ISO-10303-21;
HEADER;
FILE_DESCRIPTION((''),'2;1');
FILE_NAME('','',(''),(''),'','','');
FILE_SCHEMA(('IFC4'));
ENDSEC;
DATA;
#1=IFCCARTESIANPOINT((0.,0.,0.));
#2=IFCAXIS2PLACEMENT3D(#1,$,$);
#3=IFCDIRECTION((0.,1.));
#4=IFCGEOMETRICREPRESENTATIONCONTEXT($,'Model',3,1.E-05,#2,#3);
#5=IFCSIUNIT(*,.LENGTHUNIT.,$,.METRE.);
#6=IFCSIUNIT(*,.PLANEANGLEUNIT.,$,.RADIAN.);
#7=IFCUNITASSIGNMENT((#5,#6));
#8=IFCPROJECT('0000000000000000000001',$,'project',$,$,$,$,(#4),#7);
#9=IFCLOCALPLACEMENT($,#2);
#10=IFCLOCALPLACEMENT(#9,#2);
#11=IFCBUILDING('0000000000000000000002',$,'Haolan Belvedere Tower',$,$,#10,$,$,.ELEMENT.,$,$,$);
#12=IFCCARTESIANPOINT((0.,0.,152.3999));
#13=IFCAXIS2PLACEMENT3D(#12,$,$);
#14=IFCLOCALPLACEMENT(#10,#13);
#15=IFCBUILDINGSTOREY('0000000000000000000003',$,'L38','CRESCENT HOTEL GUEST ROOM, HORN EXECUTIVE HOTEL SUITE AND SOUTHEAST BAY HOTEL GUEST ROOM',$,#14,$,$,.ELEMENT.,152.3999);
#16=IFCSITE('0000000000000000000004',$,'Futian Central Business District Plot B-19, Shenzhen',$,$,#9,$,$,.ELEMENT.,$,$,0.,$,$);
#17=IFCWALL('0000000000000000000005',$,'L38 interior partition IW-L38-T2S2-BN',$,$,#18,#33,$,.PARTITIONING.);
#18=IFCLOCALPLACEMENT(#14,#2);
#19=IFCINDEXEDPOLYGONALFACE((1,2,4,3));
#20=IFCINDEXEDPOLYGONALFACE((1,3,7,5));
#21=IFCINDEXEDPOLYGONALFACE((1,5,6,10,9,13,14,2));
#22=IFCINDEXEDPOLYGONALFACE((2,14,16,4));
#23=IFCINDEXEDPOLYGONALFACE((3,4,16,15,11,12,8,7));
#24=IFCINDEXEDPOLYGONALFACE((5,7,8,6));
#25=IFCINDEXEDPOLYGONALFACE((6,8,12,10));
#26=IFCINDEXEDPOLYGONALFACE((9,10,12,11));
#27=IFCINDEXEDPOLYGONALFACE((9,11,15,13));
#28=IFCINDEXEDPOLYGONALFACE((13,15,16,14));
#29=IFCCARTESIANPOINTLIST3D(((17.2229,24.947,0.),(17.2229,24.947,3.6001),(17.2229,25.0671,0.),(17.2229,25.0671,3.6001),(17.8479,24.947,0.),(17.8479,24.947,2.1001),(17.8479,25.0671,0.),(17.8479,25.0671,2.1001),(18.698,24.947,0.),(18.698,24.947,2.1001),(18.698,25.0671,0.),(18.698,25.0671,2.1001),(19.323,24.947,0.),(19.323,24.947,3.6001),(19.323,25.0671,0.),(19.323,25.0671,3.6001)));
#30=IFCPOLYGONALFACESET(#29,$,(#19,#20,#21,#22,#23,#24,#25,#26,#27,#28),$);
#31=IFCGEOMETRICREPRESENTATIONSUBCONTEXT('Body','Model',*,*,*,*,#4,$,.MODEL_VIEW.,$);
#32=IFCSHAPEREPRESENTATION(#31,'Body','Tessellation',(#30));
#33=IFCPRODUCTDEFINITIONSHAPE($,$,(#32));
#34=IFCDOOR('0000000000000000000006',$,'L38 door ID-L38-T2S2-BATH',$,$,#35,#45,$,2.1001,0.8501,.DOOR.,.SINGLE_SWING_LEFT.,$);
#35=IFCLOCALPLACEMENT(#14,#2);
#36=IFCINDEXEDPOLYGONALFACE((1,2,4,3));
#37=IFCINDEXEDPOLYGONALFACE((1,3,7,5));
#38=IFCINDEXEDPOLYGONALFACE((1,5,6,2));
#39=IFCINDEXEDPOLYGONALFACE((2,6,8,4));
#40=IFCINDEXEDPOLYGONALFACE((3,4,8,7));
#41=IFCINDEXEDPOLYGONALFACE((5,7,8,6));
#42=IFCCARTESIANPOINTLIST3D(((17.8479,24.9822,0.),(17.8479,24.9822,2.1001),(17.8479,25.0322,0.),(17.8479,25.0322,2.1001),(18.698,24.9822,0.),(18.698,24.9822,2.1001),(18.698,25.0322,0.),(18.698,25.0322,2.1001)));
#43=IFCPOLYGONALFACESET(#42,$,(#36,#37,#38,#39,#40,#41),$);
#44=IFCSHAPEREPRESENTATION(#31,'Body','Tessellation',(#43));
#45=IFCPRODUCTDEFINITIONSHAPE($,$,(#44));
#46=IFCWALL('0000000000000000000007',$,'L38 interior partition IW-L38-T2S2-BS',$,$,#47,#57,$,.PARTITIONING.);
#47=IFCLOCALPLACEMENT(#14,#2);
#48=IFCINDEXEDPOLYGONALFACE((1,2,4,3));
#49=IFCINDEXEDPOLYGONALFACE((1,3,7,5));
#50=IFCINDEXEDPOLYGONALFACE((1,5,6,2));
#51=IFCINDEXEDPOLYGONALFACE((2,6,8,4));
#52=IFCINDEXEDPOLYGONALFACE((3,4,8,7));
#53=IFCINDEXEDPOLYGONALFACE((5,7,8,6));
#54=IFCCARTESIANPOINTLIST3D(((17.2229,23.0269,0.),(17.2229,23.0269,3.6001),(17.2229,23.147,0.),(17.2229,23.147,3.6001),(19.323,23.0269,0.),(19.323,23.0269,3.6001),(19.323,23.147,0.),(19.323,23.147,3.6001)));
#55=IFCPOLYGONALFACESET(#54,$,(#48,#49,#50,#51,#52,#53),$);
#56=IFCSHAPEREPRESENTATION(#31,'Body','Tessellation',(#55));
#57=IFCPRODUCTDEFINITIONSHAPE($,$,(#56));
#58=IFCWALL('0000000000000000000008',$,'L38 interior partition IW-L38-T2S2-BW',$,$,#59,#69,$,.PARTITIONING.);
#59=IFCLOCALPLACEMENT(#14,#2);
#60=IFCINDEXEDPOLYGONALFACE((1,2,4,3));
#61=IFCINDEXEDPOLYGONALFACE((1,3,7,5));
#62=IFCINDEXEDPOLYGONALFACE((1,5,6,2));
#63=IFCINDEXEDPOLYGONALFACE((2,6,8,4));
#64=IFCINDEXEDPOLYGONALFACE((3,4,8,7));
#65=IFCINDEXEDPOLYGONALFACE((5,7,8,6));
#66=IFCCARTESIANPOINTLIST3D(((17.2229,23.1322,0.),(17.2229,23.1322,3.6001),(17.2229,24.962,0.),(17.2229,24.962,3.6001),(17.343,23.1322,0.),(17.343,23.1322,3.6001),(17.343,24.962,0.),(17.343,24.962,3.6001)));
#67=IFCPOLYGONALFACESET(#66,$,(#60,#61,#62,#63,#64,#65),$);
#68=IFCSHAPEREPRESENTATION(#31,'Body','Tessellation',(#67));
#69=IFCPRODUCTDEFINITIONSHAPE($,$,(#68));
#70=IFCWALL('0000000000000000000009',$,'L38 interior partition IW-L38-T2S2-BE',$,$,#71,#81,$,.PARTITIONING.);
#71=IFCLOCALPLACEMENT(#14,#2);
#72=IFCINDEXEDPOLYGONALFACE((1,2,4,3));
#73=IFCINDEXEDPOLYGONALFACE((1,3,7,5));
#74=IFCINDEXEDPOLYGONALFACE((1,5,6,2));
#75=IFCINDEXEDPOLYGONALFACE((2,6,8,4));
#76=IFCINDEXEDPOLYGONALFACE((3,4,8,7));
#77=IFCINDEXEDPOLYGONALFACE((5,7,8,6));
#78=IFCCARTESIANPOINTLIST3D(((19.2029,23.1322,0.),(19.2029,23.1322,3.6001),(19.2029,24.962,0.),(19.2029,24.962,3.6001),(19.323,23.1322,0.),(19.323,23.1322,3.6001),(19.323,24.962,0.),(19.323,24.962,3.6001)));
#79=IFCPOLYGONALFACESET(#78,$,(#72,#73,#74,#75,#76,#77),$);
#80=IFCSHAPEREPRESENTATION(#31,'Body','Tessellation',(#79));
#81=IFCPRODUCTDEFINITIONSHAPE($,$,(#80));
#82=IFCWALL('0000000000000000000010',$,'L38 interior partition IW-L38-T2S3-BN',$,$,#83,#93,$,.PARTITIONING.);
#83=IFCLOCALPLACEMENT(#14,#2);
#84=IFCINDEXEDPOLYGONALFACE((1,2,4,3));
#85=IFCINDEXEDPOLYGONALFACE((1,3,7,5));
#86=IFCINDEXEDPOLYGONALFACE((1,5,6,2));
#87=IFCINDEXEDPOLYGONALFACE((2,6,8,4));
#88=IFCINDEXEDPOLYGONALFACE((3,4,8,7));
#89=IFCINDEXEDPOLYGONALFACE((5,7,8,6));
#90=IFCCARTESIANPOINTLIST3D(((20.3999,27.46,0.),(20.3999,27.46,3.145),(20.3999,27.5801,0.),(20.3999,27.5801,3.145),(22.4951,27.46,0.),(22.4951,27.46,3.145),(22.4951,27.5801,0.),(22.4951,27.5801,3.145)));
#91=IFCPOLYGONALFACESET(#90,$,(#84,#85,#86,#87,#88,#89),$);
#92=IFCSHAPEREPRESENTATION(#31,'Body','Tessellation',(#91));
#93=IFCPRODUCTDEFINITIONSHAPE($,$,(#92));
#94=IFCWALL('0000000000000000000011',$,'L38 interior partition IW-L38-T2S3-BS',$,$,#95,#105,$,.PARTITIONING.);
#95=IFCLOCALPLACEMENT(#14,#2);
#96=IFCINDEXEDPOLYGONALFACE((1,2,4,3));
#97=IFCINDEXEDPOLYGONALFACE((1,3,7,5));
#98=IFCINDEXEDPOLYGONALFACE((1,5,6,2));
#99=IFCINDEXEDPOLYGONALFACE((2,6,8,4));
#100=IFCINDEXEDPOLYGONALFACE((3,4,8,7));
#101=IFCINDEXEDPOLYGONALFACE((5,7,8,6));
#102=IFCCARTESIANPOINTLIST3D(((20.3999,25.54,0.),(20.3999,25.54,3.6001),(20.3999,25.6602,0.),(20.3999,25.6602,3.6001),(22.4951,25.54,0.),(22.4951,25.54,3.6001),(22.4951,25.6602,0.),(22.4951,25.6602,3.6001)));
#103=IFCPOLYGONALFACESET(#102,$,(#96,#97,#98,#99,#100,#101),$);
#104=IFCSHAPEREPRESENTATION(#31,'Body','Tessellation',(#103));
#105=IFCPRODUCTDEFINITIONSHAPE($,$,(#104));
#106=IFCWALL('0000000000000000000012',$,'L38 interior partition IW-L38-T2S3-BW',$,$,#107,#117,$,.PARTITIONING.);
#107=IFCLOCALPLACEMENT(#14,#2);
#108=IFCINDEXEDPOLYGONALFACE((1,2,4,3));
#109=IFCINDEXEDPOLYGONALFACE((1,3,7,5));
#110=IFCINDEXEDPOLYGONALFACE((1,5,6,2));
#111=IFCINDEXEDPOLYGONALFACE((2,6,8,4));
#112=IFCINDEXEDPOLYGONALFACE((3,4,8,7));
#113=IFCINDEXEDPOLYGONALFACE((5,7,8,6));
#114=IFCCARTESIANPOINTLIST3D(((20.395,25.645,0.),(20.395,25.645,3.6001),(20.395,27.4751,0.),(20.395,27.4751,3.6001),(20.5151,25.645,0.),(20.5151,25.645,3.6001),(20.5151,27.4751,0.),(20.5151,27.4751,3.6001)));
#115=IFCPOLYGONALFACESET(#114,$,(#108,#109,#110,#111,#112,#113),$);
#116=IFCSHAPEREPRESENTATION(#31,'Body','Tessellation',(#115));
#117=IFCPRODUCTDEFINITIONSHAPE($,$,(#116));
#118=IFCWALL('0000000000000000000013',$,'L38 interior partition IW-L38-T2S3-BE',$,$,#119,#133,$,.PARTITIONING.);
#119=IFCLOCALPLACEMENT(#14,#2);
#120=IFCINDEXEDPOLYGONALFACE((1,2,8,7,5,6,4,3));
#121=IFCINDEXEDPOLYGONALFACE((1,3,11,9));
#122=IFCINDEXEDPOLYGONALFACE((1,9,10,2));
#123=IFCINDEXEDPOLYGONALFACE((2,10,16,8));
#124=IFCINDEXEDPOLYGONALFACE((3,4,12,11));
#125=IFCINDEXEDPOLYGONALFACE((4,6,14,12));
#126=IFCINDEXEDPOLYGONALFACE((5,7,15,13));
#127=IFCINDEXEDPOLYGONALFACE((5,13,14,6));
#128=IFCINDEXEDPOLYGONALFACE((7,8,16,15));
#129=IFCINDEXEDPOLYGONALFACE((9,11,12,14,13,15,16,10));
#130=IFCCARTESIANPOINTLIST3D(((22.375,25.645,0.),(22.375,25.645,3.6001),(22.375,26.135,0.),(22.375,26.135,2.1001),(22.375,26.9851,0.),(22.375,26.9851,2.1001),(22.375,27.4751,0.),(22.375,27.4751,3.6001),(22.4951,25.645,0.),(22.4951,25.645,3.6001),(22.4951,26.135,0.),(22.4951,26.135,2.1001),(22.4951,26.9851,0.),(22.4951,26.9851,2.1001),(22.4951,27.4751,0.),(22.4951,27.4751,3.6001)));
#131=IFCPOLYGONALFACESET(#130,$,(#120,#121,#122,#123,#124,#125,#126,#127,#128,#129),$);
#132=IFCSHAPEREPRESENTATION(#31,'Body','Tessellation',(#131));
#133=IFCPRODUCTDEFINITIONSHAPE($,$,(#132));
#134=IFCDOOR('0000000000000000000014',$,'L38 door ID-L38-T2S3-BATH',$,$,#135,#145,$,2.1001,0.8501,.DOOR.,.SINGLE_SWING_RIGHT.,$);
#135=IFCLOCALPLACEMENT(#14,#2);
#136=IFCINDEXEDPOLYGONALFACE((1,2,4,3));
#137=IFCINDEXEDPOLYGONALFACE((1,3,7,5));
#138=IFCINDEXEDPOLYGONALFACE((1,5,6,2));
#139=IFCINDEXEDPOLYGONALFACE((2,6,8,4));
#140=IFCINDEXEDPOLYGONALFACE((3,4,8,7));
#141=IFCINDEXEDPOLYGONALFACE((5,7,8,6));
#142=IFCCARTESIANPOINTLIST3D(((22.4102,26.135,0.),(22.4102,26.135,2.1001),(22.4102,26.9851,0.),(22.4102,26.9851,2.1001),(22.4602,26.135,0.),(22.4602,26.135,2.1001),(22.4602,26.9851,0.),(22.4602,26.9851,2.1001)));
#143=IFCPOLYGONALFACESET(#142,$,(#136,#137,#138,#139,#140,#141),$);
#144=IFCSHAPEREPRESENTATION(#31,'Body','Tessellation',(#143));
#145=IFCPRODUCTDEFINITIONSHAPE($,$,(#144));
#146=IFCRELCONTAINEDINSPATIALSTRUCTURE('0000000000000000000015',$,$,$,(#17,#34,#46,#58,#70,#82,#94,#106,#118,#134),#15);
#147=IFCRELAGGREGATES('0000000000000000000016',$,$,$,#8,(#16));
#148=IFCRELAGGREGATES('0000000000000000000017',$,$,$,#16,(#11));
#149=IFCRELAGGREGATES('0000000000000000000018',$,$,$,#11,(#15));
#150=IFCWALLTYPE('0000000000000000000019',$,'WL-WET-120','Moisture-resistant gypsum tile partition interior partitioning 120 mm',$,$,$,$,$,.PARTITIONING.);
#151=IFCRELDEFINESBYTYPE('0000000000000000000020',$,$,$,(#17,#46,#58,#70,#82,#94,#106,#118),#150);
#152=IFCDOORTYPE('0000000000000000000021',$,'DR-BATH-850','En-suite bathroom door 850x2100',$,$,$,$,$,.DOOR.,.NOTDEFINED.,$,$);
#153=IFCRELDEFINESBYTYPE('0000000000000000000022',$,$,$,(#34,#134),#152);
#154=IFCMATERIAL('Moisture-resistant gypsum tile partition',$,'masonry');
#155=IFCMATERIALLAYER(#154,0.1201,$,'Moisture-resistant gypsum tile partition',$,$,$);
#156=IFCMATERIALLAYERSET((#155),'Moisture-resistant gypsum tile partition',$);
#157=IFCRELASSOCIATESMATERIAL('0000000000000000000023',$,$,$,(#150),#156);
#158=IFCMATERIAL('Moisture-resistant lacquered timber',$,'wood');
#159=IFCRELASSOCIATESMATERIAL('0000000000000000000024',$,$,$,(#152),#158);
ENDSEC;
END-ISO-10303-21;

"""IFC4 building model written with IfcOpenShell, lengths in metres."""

from ifc_helpers import new_model, si_unit, direction, frame, frame_2d, origin, place, context, subcontext, project, spatial, rectangle, extrude, material, layer, layer_set, type_object, element, fill, save


model = new_model("IFC4")

# Units and contexts
model_context = context("Model", 3, precision=1e-05, world=origin(), true_north=direction((0.0, 1.0)))
body_context = subcontext(model_context, "Body", "Model", "MODEL_VIEW")
ifc_project = project(units=[si_unit("LENGTHUNIT", "METRE"), si_unit("PLANEANGLEUNIT", "RADIAN")], contexts=[model_context])

# Site, building, storey
site_placement = place(None, origin())
site = spatial("IfcSite", under=ifc_project, at=site_placement, Name="Futian Central Business District Plot B-19, Shenzhen", CompositionType="ELEMENT", RefElevation=0.0)
building_placement = place(site_placement, origin())
building = spatial("IfcBuilding", under=site, at=building_placement, Name="Haolan Belvedere Tower", CompositionType="ELEMENT")
storey_placement = place(building_placement, frame((0.0, 0.0, 152.3999)))
storey = spatial("IfcBuildingStorey", under=building, at=storey_placement, Name="L38", Description="CRESCENT HOTEL GUEST ROOM, HORN EXECUTIVE HOTEL SUITE AND SOUTHEAST BAY HOTEL GUEST ROOM", CompositionType="ELEMENT", Elevation=152.3999)

# Shared definitions
ifc_material_1 = material(Name="Moisture-resistant gypsum tile partition", Category="masonry")
ifc_layer_1 = layer(ifc_material_1, 0.1201, Name="Moisture-resistant gypsum tile partition")
ifc_layer_set_1 = layer_set([ifc_layer_1], Name="Moisture-resistant gypsum tile partition")
wall_type_1 = type_object("IfcWallType", Name="WL-WET-120", Description="Moisture-resistant gypsum tile partition interior partitioning 120 mm", PredefinedType="PARTITIONING", material=ifc_layer_set_1)

# Wall, opening, door
wall_1_placement = place(storey_placement, frame((17.2229, 25.0071, 0.0), z_axis=(0.0, 0.0, 1.0), x_axis=(1.0, 0.0, 0.0)))
wall_1 = element("IfcWall", 1, at=wall_1_placement, inside=storey, type_object=wall_type_1, Name="L38 interior partition IW-L38-T2S2-BN", PredefinedType="PARTITIONING", context=body_context, shape_type="SweptSolid", body=[
    extrude(rectangle(XDim=2.1001, YDim=0.1201, at=frame_2d((1.05, 0.0))), origin(), (0.0, 0.0, 1.0), 3.6001),
])
opening_1_placement = place(wall_1_placement, frame((1.4751, 0.0, 0.0), z_axis=(0.0, 0.0, 1.0), x_axis=(-1.0, 0.0, 0.0)))
opening_1 = element("IfcOpeningElement", 2, at=opening_1_placement, cuts=wall_1, PredefinedType="OPENING", context=body_context, shape_type="SweptSolid", body=[
    extrude(rectangle(XDim=0.8501, YDim=2.1001, at=frame_2d((0.425, 1.05))), frame((0.0, 0.0701, 0.0), z_axis=(0.0, -1.0, 0.0), x_axis=(1.0, 0.0, 0.0)), (0.0, 0.0, 1.0), 0.1401),
])
ifc_material_2 = material(Name="Moisture-resistant lacquered timber", Category="wood")
door_type = type_object("IfcDoorType", Name="DR-BATH-850", Description="En-suite bathroom door 850x2100", OperationType="NOTDEFINED", PredefinedType="DOOR", material=ifc_material_2)
door_1_placement = place(opening_1_placement, origin())
door_1 = element("IfcDoor", 3, at=door_1_placement, inside=storey, type_object=door_type, Name="L38 door ID-L38-T2S2-BATH", OperationType="SINGLE_SWING_LEFT", OverallHeight=2.1001, OverallWidth=0.8501, PredefinedType="DOOR", context=body_context, shape_type="SweptSolid", body=[
    extrude(rectangle(XDim=0.8501, YDim=2.1001, at=frame_2d((0.425, 1.05))), frame((0.0, 0.0249, 0.0), z_axis=(0.0, -1.0, 0.0), x_axis=(1.0, 0.0, 0.0)), (0.0, 0.0, 1.0), 0.05),
])
fill(opening_1, door_1)

# Walls
wall_2_placement = place(storey_placement, frame((17.2229, 23.0869, 0.0), z_axis=(0.0, 0.0, 1.0), x_axis=(1.0, 0.0, 0.0)))
element("IfcWall", 4, at=wall_2_placement, inside=storey, type_object=wall_type_1, Name="L38 interior partition IW-L38-T2S2-BS", PredefinedType="PARTITIONING", context=body_context, shape_type="SweptSolid", body=[
    extrude(rectangle(XDim=2.1001, YDim=0.1201, at=frame_2d((1.05, 0.0))), origin(), (0.0, 0.0, 1.0), 3.6001),
])
for number, where, z_axis, x_axis, name in (
    (5, (17.283, 23.1321, 0.0), (0.0, 0.0, 1.0), (0.0, 1.0, 0.0), "L38 interior partition IW-L38-T2S2-BW"),
    (6, (19.2629, 23.1321, 0.0), (0.0, 0.0, 1.0), (0.0, 1.0, 0.0), "L38 interior partition IW-L38-T2S2-BE"),
):
    element("IfcWall", number, at=place(storey_placement, frame(where, z_axis=z_axis, x_axis=x_axis)), inside=storey, type_object=wall_type_1, Name=name, PredefinedType="PARTITIONING", context=body_context, shape_type="SweptSolid", body=[
        extrude(rectangle(XDim=1.8298, YDim=0.1201, at=frame_2d((0.915, 0.0))), origin(), (0.0, 0.0, 1.0), 3.6001),
    ])
wall_3_placement = place(storey_placement, frame((20.3999, 27.52, 0.0), z_axis=(0.0, 0.0, 1.0), x_axis=(1.0, 0.0, 0.0)))
element("IfcWall", 7, at=wall_3_placement, inside=storey, type_object=wall_type_1, Name="L38 interior partition IW-L38-T2S3-BN", PredefinedType="PARTITIONING", context=body_context, shape_type="SweptSolid", body=[
    extrude(rectangle(XDim=2.0952, YDim=0.1201, at=frame_2d((1.0476, 0.0))), origin(), (0.0, 0.0, 1.0), 3.145),
])
wall_4_placement = place(storey_placement, frame((20.3999, 25.6001, 0.0), z_axis=(0.0, 0.0, 1.0), x_axis=(1.0, 0.0, 0.0)))
element("IfcWall", 8, at=wall_4_placement, inside=storey, type_object=wall_type_1, Name="L38 interior partition IW-L38-T2S3-BS", PredefinedType="PARTITIONING", context=body_context, shape_type="SweptSolid", body=[
    extrude(rectangle(XDim=2.0952, YDim=0.1201, at=frame_2d((1.0476, 0.0))), origin(), (0.0, 0.0, 1.0), 3.6001),
])
wall_5_placement = place(storey_placement, frame((20.4551, 25.645, 0.0), z_axis=(0.0, 0.0, 1.0), x_axis=(0.0, 1.0, 0.0)))
element("IfcWall", 9, at=wall_5_placement, inside=storey, type_object=wall_type_1, Name="L38 interior partition IW-L38-T2S3-BW", PredefinedType="PARTITIONING", context=body_context, shape_type="SweptSolid", body=[
    extrude(rectangle(XDim=1.8301, YDim=0.1201, at=frame_2d((0.915, 0.0))), origin(), (0.0, 0.0, 1.0), 3.6001),
])

# Wall, opening, door
wall_6_placement = place(storey_placement, frame((22.4351, 25.645, 0.0), z_axis=(0.0, 0.0, 1.0), x_axis=(0.0, 1.0, 0.0)))
wall_6 = element("IfcWall", 10, at=wall_6_placement, inside=storey, type_object=wall_type_1, Name="L38 interior partition IW-L38-T2S3-BE", PredefinedType="PARTITIONING", context=body_context, shape_type="SweptSolid", body=[
    extrude(rectangle(XDim=1.8301, YDim=0.1201, at=frame_2d((0.915, 0.0))), origin(), (0.0, 0.0, 1.0), 3.6001),
])
opening_2_placement = place(wall_6_placement, frame((0.49, 0.0, 0.0)))
opening_2 = element("IfcOpeningElement", 11, at=opening_2_placement, cuts=wall_6, PredefinedType="OPENING", context=body_context, shape_type="SweptSolid", body=[
    extrude(rectangle(XDim=0.8501, YDim=2.1001, at=frame_2d((0.425, 1.05))), frame((0.0, 0.0701, 0.0), z_axis=(0.0, -1.0, 0.0), x_axis=(1.0, 0.0, 0.0)), (0.0, 0.0, 1.0), 0.1401),
])
door_2_placement = place(opening_2_placement, origin())
door_2 = element("IfcDoor", 12, at=door_2_placement, inside=storey, type_object=door_type, Name="L38 door ID-L38-T2S3-BATH", OperationType="SINGLE_SWING_RIGHT", OverallHeight=2.1001, OverallWidth=0.8501, PredefinedType="DOOR", context=body_context, shape_type="SweptSolid", body=[
    extrude(rectangle(XDim=0.8501, YDim=2.1001, at=frame_2d((0.425, 1.05))), frame((0.0, 0.0249, 0.0), z_axis=(0.0, -1.0, 0.0), x_axis=(1.0, 0.0, 0.0)), (0.0, 0.0, 1.0), 0.05),
])
fill(opening_2, door_2)

save(model, "model.ifc")
